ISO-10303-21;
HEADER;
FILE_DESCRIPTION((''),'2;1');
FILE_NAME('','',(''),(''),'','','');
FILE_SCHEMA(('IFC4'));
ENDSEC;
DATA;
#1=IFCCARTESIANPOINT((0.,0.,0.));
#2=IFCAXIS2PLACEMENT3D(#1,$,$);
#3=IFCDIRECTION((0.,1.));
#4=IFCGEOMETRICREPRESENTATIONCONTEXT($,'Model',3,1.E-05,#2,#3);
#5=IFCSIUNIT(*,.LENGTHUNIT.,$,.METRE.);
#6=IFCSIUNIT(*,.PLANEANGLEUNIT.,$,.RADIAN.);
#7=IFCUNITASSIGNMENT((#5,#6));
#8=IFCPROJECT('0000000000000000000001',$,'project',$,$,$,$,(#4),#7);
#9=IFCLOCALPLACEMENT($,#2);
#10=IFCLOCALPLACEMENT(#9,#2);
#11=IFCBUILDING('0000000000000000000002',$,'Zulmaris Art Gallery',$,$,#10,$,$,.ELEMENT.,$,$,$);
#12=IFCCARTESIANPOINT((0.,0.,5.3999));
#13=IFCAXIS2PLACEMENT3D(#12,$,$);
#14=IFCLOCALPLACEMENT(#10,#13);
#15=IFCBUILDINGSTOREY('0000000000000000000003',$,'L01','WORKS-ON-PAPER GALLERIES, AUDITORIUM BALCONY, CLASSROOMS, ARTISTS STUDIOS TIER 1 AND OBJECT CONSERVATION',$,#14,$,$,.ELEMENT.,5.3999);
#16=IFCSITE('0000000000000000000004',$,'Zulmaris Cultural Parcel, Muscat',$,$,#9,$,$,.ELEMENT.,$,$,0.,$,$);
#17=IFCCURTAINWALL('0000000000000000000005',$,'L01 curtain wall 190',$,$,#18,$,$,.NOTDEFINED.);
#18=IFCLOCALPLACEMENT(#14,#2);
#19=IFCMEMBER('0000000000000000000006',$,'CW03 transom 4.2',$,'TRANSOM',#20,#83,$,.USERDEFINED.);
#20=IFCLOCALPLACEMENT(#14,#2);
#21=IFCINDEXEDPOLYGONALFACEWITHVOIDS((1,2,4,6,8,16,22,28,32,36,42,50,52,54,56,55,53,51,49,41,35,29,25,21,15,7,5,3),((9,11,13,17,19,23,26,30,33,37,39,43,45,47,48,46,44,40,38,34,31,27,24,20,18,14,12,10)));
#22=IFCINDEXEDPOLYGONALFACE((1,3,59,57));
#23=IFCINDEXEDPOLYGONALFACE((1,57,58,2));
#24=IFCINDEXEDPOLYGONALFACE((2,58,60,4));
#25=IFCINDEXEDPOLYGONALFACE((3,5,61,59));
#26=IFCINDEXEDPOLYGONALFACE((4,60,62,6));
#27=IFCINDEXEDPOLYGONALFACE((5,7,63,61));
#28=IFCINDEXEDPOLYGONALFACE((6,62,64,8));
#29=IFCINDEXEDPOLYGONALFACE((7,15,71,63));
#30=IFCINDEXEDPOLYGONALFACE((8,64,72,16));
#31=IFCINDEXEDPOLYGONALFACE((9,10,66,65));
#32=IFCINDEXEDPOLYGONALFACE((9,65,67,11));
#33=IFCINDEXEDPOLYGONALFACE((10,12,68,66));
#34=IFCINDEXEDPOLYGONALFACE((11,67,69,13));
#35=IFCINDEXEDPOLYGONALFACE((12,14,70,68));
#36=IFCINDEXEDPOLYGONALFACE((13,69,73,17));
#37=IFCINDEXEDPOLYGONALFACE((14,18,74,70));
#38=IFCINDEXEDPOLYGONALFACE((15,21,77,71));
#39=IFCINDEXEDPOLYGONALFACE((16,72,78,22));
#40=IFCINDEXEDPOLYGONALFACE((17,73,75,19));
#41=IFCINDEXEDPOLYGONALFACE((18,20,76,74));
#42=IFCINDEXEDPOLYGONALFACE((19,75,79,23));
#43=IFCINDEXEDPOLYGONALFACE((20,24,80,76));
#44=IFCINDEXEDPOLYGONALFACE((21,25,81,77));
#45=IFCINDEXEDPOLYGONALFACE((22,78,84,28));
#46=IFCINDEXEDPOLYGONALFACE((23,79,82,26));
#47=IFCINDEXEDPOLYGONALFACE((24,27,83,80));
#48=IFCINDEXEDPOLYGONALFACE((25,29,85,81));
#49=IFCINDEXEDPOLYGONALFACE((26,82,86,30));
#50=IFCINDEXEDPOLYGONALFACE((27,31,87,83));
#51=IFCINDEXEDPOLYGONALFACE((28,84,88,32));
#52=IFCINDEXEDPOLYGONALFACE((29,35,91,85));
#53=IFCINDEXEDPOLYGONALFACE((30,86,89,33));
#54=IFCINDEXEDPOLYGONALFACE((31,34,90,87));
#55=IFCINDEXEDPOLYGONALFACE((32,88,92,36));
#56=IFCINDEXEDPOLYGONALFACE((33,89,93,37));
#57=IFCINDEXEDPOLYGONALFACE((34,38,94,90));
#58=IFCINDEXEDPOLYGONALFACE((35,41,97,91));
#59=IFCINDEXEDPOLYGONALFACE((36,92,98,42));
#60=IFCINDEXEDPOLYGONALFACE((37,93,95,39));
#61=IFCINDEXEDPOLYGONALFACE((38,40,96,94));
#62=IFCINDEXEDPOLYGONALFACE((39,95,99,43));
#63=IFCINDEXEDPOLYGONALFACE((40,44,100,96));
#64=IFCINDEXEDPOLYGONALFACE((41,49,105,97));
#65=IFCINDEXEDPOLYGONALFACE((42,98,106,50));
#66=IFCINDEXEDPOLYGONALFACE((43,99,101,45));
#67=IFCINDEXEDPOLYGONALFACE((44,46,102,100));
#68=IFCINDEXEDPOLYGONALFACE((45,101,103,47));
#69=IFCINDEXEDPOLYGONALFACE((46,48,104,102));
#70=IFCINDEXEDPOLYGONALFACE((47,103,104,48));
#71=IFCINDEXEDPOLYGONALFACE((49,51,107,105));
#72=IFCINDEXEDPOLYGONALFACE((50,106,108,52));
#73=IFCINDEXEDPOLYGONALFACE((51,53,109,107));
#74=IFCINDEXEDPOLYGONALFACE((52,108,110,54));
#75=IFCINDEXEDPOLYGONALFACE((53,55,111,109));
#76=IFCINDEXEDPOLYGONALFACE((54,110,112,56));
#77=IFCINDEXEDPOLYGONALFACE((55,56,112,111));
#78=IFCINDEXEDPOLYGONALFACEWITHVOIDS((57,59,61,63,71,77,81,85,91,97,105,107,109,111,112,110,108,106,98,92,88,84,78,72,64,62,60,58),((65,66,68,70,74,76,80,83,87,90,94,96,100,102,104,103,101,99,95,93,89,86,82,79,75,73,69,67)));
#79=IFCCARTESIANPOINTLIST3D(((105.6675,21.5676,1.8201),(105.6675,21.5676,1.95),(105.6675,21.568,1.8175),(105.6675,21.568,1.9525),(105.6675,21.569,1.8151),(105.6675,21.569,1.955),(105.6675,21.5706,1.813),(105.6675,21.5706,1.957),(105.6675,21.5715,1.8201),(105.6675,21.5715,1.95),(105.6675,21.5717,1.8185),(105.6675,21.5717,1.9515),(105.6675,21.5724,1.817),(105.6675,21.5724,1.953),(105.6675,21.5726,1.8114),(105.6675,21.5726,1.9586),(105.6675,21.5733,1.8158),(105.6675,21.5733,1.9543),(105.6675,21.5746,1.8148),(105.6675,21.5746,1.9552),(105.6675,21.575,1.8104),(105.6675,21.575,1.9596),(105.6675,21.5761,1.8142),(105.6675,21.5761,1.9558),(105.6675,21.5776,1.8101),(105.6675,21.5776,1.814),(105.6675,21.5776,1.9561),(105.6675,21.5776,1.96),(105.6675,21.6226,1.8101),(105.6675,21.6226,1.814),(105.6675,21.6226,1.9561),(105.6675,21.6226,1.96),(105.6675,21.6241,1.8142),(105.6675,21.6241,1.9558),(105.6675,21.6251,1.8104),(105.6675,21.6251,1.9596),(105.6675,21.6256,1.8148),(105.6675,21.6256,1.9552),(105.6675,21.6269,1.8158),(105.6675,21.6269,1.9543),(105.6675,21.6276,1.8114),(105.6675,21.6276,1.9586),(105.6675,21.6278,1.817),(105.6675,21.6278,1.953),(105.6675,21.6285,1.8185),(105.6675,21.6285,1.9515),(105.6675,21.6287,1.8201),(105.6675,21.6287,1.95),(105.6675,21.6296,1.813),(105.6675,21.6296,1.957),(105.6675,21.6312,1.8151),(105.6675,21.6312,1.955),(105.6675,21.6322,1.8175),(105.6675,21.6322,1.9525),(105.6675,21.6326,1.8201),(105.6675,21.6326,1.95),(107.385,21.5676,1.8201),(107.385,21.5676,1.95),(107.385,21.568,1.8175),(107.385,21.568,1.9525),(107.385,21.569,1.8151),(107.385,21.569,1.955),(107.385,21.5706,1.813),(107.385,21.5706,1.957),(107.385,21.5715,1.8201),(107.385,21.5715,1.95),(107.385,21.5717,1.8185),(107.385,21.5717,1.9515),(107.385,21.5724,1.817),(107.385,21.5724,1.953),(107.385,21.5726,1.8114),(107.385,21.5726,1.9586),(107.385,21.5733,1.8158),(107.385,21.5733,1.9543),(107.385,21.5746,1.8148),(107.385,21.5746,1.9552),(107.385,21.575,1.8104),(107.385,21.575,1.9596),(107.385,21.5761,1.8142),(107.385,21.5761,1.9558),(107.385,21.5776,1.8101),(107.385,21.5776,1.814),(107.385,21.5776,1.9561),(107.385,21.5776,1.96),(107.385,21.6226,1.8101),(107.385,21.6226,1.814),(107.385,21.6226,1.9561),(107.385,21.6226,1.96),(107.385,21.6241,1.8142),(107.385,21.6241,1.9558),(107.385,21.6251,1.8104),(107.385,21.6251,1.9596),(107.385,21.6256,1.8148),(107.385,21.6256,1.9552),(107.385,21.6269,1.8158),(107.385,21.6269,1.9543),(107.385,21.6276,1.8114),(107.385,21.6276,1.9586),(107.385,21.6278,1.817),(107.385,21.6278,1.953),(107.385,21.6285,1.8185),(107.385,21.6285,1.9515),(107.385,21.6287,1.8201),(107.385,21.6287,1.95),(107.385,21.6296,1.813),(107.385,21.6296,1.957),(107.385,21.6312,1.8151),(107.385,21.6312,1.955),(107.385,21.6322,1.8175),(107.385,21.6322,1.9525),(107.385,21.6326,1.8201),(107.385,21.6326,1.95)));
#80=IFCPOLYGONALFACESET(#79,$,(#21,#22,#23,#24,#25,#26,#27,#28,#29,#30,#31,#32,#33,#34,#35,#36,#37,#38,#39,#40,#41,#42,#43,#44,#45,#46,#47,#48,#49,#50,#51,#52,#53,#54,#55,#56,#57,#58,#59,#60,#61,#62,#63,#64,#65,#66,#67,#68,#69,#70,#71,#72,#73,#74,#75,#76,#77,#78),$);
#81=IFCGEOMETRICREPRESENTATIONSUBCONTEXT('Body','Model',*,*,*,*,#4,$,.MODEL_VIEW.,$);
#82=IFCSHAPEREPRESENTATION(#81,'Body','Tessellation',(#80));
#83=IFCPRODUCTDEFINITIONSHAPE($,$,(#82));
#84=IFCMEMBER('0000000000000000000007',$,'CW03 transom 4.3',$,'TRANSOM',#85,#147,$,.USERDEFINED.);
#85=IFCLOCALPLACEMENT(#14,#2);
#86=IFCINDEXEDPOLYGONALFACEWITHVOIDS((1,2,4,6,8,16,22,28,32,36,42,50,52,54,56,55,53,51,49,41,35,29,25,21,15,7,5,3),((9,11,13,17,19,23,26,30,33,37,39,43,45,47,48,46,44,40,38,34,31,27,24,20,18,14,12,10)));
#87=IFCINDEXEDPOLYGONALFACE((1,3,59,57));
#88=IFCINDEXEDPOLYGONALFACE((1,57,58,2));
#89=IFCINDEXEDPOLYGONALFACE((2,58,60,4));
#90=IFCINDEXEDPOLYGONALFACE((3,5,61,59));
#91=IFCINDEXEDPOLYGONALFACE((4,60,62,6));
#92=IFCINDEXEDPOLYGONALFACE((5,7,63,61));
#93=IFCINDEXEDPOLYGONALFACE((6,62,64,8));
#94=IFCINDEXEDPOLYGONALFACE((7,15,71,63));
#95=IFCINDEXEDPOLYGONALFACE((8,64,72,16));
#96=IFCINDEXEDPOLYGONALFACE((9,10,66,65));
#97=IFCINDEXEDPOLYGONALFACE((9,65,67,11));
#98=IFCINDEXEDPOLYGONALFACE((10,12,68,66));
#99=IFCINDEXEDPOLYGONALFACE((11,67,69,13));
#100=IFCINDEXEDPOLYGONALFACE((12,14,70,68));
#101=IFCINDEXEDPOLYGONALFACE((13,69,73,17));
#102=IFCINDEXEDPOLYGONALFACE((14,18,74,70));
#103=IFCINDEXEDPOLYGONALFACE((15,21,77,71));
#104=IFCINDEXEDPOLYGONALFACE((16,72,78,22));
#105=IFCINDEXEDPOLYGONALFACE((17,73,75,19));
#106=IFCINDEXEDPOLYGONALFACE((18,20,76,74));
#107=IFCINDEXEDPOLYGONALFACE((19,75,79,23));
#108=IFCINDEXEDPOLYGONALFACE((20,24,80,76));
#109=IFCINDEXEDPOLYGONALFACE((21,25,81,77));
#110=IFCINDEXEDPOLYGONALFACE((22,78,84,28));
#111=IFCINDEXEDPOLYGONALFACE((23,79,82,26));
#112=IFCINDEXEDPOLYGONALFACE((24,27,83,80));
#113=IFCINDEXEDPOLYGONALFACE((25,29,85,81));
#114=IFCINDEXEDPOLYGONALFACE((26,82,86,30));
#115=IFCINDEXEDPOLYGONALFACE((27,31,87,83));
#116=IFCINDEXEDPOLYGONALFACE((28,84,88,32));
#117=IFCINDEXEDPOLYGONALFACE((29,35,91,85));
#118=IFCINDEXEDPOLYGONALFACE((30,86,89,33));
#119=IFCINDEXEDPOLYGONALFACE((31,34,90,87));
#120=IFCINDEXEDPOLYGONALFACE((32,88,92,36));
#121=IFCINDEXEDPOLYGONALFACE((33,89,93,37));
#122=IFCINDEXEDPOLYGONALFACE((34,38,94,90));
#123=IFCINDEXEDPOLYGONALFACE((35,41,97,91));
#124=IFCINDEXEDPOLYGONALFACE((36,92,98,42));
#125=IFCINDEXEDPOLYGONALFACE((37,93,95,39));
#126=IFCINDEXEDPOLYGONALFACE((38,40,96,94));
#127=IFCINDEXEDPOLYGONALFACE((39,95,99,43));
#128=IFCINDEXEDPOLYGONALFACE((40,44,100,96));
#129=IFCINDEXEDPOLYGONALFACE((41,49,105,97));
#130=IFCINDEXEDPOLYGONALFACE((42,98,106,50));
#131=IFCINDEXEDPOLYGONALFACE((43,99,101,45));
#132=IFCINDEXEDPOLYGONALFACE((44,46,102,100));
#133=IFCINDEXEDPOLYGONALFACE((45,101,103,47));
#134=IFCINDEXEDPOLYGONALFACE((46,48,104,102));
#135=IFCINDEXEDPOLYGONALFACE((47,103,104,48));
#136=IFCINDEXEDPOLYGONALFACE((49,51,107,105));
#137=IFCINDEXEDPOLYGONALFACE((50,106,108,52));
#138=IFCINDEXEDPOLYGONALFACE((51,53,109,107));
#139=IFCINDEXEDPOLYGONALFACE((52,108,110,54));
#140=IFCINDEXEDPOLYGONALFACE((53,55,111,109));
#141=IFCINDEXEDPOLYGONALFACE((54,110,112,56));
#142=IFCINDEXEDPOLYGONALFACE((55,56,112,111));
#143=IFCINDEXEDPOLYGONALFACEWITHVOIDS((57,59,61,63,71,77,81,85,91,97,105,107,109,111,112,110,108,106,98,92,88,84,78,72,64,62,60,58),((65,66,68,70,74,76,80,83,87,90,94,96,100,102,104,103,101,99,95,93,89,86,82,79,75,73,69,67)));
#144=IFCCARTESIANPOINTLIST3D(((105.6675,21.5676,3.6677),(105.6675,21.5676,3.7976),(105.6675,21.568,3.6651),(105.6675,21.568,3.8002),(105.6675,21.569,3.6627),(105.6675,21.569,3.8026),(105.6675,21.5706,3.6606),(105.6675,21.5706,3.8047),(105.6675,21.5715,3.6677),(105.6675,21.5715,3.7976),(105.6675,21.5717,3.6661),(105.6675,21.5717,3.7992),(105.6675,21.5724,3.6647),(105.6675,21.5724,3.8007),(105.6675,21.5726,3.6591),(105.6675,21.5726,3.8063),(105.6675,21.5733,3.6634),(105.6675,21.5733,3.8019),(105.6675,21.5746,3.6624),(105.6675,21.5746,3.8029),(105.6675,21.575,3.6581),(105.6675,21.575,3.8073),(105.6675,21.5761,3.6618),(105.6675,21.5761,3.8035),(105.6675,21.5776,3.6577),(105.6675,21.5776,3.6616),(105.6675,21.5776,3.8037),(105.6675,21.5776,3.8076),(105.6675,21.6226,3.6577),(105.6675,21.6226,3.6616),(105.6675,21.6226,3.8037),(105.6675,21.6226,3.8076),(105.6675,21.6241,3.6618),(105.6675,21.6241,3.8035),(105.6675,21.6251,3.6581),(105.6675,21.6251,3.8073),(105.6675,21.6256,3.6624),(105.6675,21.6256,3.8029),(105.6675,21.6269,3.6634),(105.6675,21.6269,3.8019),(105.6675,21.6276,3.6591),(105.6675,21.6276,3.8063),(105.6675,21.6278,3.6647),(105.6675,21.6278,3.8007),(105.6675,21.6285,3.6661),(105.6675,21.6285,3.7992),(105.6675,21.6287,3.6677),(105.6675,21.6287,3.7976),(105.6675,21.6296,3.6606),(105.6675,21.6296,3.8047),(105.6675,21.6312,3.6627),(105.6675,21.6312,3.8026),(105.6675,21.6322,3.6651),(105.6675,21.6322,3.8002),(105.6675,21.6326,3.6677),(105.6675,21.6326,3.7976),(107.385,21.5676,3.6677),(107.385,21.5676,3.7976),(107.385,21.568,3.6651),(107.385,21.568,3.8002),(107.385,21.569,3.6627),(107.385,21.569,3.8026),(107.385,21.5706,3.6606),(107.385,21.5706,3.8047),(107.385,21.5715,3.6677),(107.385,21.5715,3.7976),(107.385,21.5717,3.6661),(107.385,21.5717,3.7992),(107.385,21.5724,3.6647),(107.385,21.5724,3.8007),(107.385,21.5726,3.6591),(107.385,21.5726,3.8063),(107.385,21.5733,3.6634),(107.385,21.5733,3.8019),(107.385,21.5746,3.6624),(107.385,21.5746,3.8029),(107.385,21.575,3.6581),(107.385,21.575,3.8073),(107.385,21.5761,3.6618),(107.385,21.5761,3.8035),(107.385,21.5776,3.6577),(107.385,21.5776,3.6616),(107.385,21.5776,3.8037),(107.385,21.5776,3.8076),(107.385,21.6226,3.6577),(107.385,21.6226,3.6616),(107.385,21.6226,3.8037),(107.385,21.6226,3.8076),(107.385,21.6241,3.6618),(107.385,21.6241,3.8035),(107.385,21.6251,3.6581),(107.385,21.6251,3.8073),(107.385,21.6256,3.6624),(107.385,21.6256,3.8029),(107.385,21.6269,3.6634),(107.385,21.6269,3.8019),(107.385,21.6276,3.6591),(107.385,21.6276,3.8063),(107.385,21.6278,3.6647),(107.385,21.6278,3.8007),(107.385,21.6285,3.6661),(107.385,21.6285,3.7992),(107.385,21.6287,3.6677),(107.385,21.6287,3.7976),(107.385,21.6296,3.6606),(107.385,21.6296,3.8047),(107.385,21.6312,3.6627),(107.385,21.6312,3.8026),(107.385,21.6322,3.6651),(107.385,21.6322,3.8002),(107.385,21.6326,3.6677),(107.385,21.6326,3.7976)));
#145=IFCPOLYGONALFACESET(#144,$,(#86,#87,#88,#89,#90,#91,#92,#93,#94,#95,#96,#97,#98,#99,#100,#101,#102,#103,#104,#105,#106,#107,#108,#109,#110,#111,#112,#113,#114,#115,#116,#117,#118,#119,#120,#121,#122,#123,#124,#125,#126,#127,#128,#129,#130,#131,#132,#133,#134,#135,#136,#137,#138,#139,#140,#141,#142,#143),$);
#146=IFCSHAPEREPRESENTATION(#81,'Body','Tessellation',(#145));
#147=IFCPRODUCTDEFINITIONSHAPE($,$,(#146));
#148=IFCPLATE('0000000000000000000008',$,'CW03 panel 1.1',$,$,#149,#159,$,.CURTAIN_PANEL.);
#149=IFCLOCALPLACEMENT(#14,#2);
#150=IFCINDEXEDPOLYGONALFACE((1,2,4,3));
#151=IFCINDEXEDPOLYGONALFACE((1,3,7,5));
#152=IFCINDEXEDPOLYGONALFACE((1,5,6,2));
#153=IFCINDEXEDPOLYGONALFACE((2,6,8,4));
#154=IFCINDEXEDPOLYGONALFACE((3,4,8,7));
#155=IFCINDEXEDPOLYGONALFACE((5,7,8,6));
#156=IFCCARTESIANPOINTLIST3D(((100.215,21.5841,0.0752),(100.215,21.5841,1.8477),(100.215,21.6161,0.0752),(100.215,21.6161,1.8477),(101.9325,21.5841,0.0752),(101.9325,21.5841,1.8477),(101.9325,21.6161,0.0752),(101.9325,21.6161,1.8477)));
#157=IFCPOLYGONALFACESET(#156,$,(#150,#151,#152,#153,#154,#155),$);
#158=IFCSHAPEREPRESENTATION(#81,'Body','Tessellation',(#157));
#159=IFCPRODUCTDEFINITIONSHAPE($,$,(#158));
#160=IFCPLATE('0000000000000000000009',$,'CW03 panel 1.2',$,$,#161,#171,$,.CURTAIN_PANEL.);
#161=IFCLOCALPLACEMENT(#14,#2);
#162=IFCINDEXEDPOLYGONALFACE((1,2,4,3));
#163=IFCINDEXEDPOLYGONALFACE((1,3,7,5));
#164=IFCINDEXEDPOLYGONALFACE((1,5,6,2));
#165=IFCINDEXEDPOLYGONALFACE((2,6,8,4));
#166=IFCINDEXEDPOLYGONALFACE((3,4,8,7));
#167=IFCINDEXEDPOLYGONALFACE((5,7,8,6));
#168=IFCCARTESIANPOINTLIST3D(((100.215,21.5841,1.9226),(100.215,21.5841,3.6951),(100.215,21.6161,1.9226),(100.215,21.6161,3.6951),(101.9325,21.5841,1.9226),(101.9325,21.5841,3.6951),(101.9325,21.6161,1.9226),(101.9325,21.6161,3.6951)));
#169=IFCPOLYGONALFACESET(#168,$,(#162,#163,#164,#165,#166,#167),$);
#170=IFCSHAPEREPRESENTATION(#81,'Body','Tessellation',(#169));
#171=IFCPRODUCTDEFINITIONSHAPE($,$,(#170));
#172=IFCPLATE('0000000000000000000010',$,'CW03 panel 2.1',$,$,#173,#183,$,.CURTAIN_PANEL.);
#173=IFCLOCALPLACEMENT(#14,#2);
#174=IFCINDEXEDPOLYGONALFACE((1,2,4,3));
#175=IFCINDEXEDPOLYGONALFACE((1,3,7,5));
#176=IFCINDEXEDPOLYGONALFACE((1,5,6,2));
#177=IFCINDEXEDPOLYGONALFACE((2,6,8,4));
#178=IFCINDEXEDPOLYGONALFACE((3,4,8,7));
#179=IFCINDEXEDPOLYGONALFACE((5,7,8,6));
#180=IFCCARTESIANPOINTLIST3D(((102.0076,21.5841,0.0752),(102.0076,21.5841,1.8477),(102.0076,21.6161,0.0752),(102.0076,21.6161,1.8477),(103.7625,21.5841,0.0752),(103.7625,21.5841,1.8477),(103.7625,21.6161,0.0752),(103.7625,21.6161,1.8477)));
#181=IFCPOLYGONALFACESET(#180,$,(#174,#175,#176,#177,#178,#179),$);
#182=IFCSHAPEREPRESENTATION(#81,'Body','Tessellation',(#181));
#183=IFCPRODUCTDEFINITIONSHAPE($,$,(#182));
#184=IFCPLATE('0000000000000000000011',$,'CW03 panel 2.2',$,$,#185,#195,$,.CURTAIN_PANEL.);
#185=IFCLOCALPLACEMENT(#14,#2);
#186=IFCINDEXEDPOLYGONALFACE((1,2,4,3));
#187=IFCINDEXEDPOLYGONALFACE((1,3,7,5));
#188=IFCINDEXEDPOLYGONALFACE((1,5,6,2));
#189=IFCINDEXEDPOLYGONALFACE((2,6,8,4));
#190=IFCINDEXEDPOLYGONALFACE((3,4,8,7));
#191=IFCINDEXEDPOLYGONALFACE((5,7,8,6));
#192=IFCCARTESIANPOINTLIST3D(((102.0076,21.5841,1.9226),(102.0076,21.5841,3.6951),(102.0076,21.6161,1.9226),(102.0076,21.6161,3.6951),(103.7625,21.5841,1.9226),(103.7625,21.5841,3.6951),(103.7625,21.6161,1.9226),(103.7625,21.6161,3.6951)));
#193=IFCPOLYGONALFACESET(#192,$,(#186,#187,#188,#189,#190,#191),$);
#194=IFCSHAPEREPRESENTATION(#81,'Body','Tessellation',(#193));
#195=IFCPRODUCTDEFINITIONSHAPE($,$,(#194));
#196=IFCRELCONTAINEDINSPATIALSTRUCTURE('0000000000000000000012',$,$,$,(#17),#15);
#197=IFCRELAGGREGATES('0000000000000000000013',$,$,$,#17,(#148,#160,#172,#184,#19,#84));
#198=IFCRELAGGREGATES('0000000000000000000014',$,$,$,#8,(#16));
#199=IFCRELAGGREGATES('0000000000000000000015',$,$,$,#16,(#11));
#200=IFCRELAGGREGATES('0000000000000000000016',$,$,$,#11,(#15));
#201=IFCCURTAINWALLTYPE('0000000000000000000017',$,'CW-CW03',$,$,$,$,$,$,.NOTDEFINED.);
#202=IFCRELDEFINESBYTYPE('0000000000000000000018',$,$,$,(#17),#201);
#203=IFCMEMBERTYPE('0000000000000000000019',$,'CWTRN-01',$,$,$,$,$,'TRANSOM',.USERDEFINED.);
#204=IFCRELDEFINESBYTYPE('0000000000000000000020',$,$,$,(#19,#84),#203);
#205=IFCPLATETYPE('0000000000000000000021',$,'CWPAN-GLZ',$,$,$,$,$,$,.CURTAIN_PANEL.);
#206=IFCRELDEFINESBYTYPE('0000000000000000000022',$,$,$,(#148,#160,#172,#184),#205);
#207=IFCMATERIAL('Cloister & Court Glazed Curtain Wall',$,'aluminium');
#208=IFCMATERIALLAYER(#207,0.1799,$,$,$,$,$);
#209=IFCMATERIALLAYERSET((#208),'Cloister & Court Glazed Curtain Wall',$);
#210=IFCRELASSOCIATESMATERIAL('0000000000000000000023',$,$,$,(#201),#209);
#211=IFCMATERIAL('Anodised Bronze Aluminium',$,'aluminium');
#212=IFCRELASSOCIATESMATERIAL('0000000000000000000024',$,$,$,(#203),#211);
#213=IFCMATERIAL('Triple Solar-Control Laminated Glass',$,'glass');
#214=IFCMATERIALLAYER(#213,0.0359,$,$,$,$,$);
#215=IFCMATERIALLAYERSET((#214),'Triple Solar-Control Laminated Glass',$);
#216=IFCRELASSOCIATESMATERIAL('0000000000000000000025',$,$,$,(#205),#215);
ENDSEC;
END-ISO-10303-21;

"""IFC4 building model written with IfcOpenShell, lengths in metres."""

from ifc_helpers import new_model, si_unit, direction, frame, origin, origin_2d, place, context, subcontext, project, spatial, rectangle, hollow_rectangle, extrude, material, layer, layer_set, material_profile, profile_set, type_object, element, aggregate, save


model = new_model("IFC4")

# Units and contexts
model_context = context("Model", 3, precision=1e-05, world=origin(), true_north=direction((0.0, 1.0)))
body_context = subcontext(model_context, "Body", "Model", "MODEL_VIEW")
ifc_project = project(units=[si_unit("LENGTHUNIT", "METRE"), si_unit("PLANEANGLEUNIT", "RADIAN")], contexts=[model_context])

# Site, building, storey
site_placement = place(None, origin())
site = spatial("IfcSite", under=ifc_project, at=site_placement, Name="Zulmaris Cultural Parcel, Muscat", CompositionType="ELEMENT", RefElevation=0.0)
building_placement = place(site_placement, origin())
building = spatial("IfcBuilding", under=site, at=building_placement, Name="Zulmaris Art Gallery", CompositionType="ELEMENT")
storey_placement = place(building_placement, frame((0.0, 0.0, 5.3999)))
storey = spatial("IfcBuildingStorey", under=building, at=storey_placement, Name="L01", Description="WORKS-ON-PAPER GALLERIES, AUDITORIUM BALCONY, CLASSROOMS, ARTISTS STUDIOS TIER 1 AND OBJECT CONSERVATION", CompositionType="ELEMENT", Elevation=5.3999)

# Curtain wall, members, plates
ifc_material_1 = material(Name="Cloister & Court Glazed Curtain Wall", Category="aluminium")
ifc_layer_1 = layer(ifc_material_1, 0.1799)
ifc_layer_set_1 = layer_set([ifc_layer_1], Name="Cloister & Court Glazed Curtain Wall")
curtain_wall_type = type_object("IfcCurtainWallType", Name="CW-CW03", PredefinedType="NOTDEFINED", material=ifc_layer_set_1)
curtain_wall_placement = place(storey_placement, origin())
curtain_wall = element("IfcCurtainWall", 1, at=curtain_wall_placement, inside=storey, type_object=curtain_wall_type, Name="L01 curtain wall 190", PredefinedType="NOTDEFINED")
ifc_material_2 = material(Name="Anodised Bronze Aluminium", Category="aluminium")
ifc_material_profile_1 = material_profile(ifc_material_2, hollow_rectangle(XDim=0.0649, YDim=0.1499, WallThickness=0.0039, InnerFilletRadius=0.0061, OuterFilletRadius=0.01, at=origin_2d()), Name="ALU 65x150x4")
ifc_profile_set_1 = profile_set([ifc_material_profile_1], Name="Anodised Bronze Aluminium")
member_type_1 = type_object("IfcMemberType", Name="CWTRN-01", ElementType="TRANSOM", PredefinedType="USERDEFINED", material=ifc_profile_set_1)
member_1_placement = place(storey_placement, frame((105.6675, 21.6001, 1.885), z_axis=(1.0, 0.0, 0.0), x_axis=(0.0, 1.0, 0.0)))
member_1 = element("IfcMember", 2, at=member_1_placement, type_object=member_type_1, Name="CW03 transom 4.2", ObjectType="TRANSOM", PredefinedType="USERDEFINED", context=body_context, shape_type="SweptSolid", body=[
    extrude(hollow_rectangle(XDim=0.0649, YDim=0.1499, WallThickness=0.0039, InnerFilletRadius=0.0061, OuterFilletRadius=0.01, at=origin_2d()), origin(), (0.0, 0.0, 1.0), 1.7175),
])
member_2_placement = place(storey_placement, frame((105.6675, 21.6001, 3.7327), z_axis=(1.0, 0.0, 0.0), x_axis=(0.0, 1.0, 0.0)))
member_2 = element("IfcMember", 3, at=member_2_placement, type_object=member_type_1, Name="CW03 transom 4.3", ObjectType="TRANSOM", PredefinedType="USERDEFINED", context=body_context, shape_type="SweptSolid", body=[
    extrude(hollow_rectangle(XDim=0.0649, YDim=0.1499, WallThickness=0.0039, InnerFilletRadius=0.0061, OuterFilletRadius=0.01, at=origin_2d()), origin(), (0.0, 0.0, 1.0), 1.7175),
])
ifc_material_3 = material(Name="Triple Solar-Control Laminated Glass", Category="glass")
ifc_layer_2 = layer(ifc_material_3, 0.0359)
ifc_layer_set_2 = layer_set([ifc_layer_2], Name="Triple Solar-Control Laminated Glass")
plate_type = type_object("IfcPlateType", Name="CWPAN-GLZ", PredefinedType="CURTAIN_PANEL", material=ifc_layer_set_2)
plate_1_placement = place(storey_placement, frame((101.0737, 21.6001, 0.0752), z_axis=(0.0, 0.0, 1.0), x_axis=(1.0, 0.0, 0.0)))
plate_1 = element("IfcPlate", 4, at=plate_1_placement, type_object=plate_type, Name="CW03 panel 1.1", PredefinedType="CURTAIN_PANEL", context=body_context, shape_type="SweptSolid", body=[
    extrude(rectangle(XDim=1.7175, YDim=0.032, at=origin_2d()), origin(), (0.0, 0.0, 1.0), 1.7725),
])
plate_2_placement = place(storey_placement, frame((101.0737, 21.6001, 1.9226), z_axis=(0.0, 0.0, 1.0), x_axis=(1.0, 0.0, 0.0)))
plate_2 = element("IfcPlate", 5, at=plate_2_placement, type_object=plate_type, Name="CW03 panel 1.2", PredefinedType="CURTAIN_PANEL", context=body_context, shape_type="SweptSolid", body=[
    extrude(rectangle(XDim=1.7175, YDim=0.032, at=origin_2d()), origin(), (0.0, 0.0, 1.0), 1.7725),
])
plate_3_placement = place(storey_placement, frame((102.885, 21.6001, 0.0752), z_axis=(0.0, 0.0, 1.0), x_axis=(1.0, 0.0, 0.0)))
plate_3 = element("IfcPlate", 6, at=plate_3_placement, type_object=plate_type, Name="CW03 panel 2.1", PredefinedType="CURTAIN_PANEL", context=body_context, shape_type="SweptSolid", body=[
    extrude(rectangle(XDim=1.7549, YDim=0.032, at=origin_2d()), origin(), (0.0, 0.0, 1.0), 1.7725),
])
plate_4_placement = place(storey_placement, frame((102.885, 21.6001, 1.9226), z_axis=(0.0, 0.0, 1.0), x_axis=(1.0, 0.0, 0.0)))
plate_4 = element("IfcPlate", 7, at=plate_4_placement, type_object=plate_type, Name="CW03 panel 2.2", PredefinedType="CURTAIN_PANEL", context=body_context, shape_type="SweptSolid", body=[
    extrude(rectangle(XDim=1.7549, YDim=0.032, at=origin_2d()), origin(), (0.0, 0.0, 1.0), 1.7725),
])
aggregate(curtain_wall, [plate_1, plate_2, plate_3, plate_4, member_1, member_2])

save(model, "model.ifc")
